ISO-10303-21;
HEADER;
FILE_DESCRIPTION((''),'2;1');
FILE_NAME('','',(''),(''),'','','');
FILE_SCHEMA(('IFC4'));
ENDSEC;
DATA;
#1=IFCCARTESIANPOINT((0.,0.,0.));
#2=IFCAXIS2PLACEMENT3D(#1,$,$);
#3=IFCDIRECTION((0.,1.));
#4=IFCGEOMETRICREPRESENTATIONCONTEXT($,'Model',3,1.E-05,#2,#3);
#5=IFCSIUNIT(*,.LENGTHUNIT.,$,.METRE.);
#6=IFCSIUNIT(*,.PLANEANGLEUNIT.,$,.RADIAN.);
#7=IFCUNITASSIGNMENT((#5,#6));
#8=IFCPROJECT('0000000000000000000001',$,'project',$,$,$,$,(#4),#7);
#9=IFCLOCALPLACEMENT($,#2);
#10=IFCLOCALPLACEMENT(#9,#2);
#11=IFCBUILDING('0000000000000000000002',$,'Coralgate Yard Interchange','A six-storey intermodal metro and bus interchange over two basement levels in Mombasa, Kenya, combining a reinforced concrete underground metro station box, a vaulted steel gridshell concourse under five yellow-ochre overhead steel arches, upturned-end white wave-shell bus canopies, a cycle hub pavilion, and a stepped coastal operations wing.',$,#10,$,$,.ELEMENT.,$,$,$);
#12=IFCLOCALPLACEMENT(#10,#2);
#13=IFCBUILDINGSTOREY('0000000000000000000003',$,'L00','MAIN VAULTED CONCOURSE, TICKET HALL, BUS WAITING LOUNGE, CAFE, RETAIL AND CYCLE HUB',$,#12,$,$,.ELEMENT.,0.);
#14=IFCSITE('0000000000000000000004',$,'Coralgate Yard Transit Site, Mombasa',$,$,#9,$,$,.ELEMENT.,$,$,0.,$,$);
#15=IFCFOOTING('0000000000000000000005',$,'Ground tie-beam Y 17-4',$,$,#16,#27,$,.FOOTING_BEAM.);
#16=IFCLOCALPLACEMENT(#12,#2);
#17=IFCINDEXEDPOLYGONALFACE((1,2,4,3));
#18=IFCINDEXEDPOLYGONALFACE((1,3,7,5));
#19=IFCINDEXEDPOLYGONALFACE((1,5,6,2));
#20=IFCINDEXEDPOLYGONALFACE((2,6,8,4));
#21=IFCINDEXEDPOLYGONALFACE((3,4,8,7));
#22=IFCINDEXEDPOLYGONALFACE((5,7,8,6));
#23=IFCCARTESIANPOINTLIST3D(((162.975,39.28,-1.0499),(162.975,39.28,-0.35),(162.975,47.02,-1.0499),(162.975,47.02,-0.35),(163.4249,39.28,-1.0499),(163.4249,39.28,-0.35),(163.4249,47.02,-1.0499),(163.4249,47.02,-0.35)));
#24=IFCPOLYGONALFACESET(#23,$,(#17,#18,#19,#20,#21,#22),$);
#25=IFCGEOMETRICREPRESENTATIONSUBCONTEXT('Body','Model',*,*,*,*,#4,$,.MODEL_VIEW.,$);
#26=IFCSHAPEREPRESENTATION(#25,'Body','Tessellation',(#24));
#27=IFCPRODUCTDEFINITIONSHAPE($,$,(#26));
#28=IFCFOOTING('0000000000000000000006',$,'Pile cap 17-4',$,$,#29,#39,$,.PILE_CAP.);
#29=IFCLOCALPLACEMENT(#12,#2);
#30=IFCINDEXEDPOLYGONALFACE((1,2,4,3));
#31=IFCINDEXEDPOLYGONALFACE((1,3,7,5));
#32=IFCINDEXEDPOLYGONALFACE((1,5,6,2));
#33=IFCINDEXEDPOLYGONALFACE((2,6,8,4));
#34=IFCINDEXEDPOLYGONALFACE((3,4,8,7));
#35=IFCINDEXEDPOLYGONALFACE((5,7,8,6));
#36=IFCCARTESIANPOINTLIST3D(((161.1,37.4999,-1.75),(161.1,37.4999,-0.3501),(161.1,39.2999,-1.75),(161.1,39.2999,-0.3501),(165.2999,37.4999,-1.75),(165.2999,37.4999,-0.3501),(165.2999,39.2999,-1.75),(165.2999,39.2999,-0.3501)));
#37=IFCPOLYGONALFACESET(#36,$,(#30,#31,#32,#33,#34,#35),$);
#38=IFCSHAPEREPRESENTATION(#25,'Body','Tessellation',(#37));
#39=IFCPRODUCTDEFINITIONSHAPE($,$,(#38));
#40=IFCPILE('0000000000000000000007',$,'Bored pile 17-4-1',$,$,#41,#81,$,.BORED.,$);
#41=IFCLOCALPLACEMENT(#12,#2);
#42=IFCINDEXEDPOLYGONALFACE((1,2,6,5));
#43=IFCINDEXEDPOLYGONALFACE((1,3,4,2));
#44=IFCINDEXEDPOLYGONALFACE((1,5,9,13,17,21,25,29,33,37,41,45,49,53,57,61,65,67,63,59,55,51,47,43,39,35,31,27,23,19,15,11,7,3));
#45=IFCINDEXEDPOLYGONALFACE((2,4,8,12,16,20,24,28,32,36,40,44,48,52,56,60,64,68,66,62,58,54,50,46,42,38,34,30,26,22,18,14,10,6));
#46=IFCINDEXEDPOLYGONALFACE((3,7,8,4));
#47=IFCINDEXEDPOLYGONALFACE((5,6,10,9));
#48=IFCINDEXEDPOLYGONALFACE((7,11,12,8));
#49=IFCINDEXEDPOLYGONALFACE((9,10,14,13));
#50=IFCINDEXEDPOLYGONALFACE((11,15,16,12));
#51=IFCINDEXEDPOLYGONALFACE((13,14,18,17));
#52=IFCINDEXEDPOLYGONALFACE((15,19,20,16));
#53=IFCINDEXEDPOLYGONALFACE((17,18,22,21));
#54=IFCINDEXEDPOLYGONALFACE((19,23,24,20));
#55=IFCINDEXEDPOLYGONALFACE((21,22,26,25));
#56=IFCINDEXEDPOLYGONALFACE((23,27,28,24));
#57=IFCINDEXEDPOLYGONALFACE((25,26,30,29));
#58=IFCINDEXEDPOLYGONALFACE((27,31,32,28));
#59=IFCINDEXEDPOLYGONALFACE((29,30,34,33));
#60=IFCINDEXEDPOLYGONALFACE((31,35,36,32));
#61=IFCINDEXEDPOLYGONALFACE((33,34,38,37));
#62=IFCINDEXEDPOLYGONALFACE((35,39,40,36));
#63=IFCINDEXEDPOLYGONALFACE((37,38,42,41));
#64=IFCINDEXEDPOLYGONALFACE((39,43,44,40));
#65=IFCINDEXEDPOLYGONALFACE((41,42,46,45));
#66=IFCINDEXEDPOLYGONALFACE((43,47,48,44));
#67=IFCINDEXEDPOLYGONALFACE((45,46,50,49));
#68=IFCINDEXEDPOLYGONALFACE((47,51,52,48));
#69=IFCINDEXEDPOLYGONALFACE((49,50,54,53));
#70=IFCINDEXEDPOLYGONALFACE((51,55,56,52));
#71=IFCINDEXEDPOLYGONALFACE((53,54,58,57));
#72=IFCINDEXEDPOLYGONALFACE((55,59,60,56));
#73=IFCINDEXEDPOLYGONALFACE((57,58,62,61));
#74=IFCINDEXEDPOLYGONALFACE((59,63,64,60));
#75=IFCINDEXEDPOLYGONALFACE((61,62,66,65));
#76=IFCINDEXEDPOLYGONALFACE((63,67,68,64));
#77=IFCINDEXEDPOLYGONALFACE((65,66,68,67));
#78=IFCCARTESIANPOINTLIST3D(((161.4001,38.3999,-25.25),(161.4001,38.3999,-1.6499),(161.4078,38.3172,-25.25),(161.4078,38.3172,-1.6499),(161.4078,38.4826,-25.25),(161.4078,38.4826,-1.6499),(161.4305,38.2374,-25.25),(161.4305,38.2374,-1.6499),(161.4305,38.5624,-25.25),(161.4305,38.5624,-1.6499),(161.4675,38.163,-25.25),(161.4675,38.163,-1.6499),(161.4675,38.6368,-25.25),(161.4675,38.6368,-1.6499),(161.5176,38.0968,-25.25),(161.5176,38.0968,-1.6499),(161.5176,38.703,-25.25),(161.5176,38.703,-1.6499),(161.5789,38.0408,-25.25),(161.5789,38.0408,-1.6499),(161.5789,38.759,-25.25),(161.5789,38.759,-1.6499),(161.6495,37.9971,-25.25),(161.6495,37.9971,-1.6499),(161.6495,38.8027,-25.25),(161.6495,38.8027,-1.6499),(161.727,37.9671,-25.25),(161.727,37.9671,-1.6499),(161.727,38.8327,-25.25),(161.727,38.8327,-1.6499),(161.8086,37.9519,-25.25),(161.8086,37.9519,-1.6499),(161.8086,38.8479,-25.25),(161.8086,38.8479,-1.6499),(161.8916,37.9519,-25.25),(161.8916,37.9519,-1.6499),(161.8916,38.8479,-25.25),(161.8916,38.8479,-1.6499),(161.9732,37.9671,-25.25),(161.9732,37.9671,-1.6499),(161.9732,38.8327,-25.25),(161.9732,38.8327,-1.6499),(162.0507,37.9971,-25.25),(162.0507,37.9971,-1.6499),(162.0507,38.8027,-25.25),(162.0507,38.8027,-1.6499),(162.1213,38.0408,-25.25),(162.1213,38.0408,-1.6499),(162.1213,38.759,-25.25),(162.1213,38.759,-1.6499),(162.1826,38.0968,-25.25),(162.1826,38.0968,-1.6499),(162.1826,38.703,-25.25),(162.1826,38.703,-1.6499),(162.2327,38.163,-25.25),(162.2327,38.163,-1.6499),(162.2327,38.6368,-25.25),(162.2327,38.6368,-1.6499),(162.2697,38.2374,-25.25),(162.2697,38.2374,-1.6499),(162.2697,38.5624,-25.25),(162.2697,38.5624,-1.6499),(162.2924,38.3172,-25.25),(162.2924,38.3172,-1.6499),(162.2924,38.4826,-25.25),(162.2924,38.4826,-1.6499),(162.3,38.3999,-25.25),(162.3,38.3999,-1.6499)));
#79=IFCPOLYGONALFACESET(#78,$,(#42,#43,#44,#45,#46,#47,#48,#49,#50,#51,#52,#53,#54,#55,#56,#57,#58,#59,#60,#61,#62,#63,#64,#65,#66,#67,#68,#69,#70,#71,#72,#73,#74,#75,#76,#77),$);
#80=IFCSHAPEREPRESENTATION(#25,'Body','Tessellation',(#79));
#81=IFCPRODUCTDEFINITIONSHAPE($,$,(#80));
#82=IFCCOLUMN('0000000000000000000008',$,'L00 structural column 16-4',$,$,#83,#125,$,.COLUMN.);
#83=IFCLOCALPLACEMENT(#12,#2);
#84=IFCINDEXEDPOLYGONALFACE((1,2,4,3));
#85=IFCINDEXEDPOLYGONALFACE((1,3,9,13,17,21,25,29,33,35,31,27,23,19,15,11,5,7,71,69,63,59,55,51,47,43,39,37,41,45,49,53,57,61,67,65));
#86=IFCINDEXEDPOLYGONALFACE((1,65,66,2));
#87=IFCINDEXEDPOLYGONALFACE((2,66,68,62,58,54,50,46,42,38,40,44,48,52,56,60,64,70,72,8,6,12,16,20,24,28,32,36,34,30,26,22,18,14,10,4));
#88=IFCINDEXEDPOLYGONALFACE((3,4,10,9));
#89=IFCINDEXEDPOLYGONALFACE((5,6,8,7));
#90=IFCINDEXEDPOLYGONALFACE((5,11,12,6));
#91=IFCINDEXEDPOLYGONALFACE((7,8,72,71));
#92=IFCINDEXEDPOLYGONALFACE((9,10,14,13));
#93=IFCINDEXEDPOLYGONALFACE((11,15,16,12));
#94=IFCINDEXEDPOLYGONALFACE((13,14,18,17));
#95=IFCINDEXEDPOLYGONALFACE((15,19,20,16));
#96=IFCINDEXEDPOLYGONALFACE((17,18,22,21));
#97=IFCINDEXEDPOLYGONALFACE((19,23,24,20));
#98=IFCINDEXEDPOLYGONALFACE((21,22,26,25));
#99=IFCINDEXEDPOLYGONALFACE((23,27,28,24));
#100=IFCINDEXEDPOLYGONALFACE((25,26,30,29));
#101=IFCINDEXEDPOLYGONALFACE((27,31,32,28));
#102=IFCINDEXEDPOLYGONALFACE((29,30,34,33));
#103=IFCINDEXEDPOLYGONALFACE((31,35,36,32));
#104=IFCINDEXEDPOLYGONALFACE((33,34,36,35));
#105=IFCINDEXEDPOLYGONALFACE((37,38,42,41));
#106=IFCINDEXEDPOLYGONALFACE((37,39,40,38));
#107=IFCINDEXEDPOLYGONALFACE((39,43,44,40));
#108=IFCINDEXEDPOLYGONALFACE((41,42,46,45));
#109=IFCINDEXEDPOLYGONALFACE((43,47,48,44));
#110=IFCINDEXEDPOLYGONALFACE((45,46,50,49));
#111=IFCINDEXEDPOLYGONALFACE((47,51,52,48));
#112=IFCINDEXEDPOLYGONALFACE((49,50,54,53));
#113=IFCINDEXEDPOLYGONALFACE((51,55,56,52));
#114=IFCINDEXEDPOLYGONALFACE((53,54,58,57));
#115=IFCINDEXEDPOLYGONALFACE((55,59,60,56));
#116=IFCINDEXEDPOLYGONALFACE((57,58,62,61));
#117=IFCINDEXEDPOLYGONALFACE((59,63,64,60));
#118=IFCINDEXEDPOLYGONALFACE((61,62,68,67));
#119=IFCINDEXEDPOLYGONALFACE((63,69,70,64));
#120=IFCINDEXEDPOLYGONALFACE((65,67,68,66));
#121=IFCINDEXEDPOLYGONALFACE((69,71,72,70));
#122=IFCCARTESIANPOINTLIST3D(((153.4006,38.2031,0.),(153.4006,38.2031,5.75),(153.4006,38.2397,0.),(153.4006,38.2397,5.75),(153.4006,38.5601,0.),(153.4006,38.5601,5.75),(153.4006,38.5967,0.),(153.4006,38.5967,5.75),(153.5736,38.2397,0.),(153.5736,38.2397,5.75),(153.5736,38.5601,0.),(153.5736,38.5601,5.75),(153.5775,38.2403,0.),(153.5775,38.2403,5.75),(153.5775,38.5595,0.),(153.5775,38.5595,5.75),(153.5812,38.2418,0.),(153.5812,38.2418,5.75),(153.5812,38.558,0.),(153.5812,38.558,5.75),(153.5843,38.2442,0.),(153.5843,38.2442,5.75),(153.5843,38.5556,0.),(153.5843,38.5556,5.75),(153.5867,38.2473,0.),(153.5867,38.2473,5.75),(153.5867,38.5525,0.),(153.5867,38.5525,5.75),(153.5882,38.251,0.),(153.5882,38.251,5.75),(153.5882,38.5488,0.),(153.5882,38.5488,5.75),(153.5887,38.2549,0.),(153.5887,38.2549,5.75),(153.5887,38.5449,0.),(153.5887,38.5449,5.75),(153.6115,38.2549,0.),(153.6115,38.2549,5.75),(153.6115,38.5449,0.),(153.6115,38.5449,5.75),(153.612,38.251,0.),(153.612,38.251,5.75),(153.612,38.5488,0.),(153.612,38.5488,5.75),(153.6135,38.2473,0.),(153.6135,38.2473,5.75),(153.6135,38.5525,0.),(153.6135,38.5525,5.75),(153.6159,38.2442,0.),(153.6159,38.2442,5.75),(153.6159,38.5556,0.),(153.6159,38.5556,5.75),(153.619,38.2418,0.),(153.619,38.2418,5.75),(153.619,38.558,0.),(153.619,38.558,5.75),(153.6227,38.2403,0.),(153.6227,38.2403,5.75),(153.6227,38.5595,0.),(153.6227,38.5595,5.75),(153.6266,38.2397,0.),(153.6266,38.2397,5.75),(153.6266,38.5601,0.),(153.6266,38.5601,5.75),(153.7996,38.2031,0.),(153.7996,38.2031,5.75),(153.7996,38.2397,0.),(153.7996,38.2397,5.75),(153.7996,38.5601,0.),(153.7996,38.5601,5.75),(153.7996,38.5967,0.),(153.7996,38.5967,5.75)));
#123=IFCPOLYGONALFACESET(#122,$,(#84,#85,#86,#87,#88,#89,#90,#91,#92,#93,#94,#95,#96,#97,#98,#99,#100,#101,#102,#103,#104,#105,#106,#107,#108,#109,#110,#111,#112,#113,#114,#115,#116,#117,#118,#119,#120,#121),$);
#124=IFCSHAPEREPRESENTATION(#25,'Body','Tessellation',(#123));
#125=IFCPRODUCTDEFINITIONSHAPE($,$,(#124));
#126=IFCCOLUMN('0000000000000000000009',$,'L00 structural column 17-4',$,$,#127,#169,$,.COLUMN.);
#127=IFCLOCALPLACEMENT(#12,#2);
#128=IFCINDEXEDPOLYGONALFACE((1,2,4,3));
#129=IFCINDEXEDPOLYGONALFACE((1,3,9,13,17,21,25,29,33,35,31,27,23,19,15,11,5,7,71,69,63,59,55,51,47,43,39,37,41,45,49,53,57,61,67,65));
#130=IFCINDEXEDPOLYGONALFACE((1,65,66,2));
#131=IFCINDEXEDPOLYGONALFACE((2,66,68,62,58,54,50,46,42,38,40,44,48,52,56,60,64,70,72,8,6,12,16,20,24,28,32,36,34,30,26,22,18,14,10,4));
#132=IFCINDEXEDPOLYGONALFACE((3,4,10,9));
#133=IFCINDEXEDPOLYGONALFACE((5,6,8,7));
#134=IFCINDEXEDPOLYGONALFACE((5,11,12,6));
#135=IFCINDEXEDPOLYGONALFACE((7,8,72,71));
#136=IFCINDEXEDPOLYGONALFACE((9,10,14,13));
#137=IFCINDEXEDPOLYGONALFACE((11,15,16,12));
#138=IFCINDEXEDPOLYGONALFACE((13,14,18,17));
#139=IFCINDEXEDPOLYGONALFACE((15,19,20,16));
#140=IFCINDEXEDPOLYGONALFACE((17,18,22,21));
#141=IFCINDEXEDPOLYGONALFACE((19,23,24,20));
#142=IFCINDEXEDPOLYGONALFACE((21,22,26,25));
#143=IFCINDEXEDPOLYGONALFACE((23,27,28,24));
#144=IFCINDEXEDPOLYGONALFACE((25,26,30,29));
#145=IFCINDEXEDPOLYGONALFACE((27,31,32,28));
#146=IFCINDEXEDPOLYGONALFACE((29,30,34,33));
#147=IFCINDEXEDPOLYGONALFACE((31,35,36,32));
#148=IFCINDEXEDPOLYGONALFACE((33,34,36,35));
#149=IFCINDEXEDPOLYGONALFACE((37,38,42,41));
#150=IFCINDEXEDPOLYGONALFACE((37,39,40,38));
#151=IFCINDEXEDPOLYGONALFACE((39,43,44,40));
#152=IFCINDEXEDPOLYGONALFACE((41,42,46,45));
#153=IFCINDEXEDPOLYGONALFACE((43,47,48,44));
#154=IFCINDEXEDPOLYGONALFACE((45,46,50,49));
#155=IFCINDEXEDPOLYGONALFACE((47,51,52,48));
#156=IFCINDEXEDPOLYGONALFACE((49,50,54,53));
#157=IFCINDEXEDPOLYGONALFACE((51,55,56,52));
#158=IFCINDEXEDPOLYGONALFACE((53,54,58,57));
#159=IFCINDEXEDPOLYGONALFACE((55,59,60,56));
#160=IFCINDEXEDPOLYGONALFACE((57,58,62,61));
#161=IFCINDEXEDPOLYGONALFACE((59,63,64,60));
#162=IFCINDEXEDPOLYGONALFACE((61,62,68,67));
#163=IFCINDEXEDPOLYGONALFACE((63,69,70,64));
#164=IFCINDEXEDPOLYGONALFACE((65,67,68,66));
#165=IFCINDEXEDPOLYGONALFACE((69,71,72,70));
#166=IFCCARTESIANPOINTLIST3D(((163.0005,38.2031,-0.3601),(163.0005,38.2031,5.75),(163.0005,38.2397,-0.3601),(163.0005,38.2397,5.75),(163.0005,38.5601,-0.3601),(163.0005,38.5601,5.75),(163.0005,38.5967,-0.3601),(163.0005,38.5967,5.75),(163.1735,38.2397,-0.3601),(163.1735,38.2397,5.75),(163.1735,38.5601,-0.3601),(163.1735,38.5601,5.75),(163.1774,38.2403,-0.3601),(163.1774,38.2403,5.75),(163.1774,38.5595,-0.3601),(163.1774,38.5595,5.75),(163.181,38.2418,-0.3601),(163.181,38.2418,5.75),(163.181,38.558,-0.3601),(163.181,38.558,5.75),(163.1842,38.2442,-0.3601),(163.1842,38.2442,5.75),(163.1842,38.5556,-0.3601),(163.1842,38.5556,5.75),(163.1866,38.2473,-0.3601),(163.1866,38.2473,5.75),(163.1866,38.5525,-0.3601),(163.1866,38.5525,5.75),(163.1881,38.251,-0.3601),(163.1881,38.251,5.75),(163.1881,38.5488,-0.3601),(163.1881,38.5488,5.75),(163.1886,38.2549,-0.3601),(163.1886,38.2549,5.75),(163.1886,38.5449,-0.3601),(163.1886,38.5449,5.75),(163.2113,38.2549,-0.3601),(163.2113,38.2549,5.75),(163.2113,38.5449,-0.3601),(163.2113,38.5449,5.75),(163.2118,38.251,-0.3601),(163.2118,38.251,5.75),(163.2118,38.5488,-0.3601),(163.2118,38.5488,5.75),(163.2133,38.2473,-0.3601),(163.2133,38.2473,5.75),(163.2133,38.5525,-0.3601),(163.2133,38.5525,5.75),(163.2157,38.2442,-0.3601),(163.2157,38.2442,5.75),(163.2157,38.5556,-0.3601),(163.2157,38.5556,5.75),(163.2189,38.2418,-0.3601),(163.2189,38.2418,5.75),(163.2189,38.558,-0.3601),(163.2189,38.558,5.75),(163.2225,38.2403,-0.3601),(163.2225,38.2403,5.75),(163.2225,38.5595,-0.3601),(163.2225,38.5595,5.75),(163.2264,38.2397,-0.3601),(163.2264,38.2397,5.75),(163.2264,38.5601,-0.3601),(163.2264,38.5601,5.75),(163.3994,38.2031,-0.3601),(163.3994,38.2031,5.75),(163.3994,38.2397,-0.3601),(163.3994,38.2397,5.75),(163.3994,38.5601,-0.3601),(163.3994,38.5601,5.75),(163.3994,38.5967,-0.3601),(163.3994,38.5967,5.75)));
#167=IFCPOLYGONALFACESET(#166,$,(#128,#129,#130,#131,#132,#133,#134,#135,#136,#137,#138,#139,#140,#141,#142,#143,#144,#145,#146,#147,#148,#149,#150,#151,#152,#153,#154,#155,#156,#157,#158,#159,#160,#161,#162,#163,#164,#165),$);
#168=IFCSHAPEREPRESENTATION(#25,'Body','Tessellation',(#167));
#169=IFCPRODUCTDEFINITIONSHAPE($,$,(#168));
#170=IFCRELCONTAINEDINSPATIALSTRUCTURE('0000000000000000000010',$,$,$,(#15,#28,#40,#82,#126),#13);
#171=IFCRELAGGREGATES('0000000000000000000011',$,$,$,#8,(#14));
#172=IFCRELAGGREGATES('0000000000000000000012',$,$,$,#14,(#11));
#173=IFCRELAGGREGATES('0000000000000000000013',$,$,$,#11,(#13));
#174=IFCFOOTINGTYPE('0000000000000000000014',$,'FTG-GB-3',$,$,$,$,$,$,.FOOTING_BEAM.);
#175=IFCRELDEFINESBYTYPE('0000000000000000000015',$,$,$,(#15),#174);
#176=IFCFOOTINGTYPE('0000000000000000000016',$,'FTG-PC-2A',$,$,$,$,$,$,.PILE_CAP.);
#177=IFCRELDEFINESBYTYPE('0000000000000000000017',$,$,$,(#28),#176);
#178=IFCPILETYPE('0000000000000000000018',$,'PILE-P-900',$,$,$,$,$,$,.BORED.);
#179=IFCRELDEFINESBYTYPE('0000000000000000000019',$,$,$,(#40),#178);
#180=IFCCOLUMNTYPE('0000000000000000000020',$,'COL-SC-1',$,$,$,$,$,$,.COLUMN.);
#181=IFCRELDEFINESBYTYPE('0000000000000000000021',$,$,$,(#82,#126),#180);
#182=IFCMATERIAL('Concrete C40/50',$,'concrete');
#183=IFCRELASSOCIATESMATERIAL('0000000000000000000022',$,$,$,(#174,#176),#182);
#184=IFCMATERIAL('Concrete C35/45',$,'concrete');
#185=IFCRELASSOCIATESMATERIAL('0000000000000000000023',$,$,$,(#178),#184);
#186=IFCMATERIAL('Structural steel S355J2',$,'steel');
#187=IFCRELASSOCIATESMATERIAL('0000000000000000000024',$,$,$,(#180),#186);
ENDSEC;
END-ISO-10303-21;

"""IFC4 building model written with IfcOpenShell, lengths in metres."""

from ifc_helpers import new_model, si_unit, direction, frame, origin, origin_2d, place, context, subcontext, project, spatial, rectangle, circle, i_section, extrude, material, material_profile, profile_set, type_object, element, save


model = new_model("IFC4")

# Units and contexts
model_context = context("Model", 3, precision=1e-05, world=origin(), true_north=direction((0.0, 1.0)))
body_context = subcontext(model_context, "Body", "Model", "MODEL_VIEW")
ifc_project = project(units=[si_unit("LENGTHUNIT", "METRE"), si_unit("PLANEANGLEUNIT", "RADIAN")], contexts=[model_context])

# Site, building, storey
site_placement = place(None, origin())
site = spatial("IfcSite", under=ifc_project, at=site_placement, Name="Coralgate Yard Transit Site, Mombasa", CompositionType="ELEMENT", RefElevation=0.0)
building_placement = place(site_placement, origin())
building = spatial("IfcBuilding", under=site, at=building_placement, Name="Coralgate Yard Interchange", Description="A six-storey intermodal metro and bus interchange over two basement levels in Mombasa, Kenya, combining a reinforced concrete underground metro station box, a vaulted steel gridshell concourse under five yellow-ochre overhead steel arches, upturned-end white wave-shell bus canopies, a cycle hub pavilion, and a stepped coastal operations wing.", CompositionType="ELEMENT")
storey_placement = place(building_placement, origin())
storey = spatial("IfcBuildingStorey", under=building, at=storey_placement, Name="L00", Description="MAIN VAULTED CONCOURSE, TICKET HALL, BUS WAITING LOUNGE, CAFE, RETAIL AND CYCLE HUB", CompositionType="ELEMENT", Elevation=0.0)

# Footings
ifc_material_1 = material(Name="Concrete C40/50", Category="concrete")
ifc_material_profile_1 = material_profile(ifc_material_1, rectangle(XDim=0.45, YDim=0.7, at=origin_2d()), Name="RC 450x700")
ifc_profile_set_1 = profile_set([ifc_material_profile_1], Name="Concrete C40/50")
footing_type_1 = type_object("IfcFootingType", Name="FTG-GB-3", PredefinedType="FOOTING_BEAM", material=ifc_profile_set_1)
footing_1_placement = place(storey_placement, frame((163.2, 39.28, -0.7), z_axis=(0.0, 1.0, 0.0), x_axis=(-1.0, 0.0, 0.0)))
element("IfcFooting", 1, at=footing_1_placement, inside=storey, type_object=footing_type_1, Name="Ground tie-beam Y 17-4", PredefinedType="FOOTING_BEAM", context=body_context, shape_type="SweptSolid", body=[
    extrude(rectangle(XDim=0.45, YDim=0.7, at=origin_2d()), origin(), (0.0, 0.0, 1.0), 7.74),
])
footing_type_2 = type_object("IfcFootingType", Name="FTG-PC-2A", PredefinedType="PILE_CAP", material=ifc_material_1)
footing_2_placement = place(storey_placement, frame((163.2, 38.3999, -1.75), z_axis=(0.0, 0.0, 1.0), x_axis=(1.0, 0.0, 0.0)))
element("IfcFooting", 2, at=footing_2_placement, inside=storey, type_object=footing_type_2, Name="Pile cap 17-4", PredefinedType="PILE_CAP", context=body_context, shape_type="SweptSolid", body=[
    extrude(rectangle(XDim=4.2, YDim=1.8, at=origin_2d()), origin(), (0.0, 0.0, 1.0), 1.3999),
])

# Pile
ifc_material_2 = material(Name="Concrete C35/45", Category="concrete")
ifc_material_profile_2 = material_profile(ifc_material_2, circle(Radius=0.45, at=origin_2d()), Name="BORED PILE D900")
ifc_profile_set_2 = profile_set([ifc_material_profile_2], Name="Concrete C35/45")
pile_type = type_object("IfcPileType", Name="PILE-P-900", PredefinedType="BORED", material=ifc_profile_set_2)
pile_placement = place(storey_placement, frame((161.8501, 38.3999, -1.6499), z_axis=(0.0, 0.0, -1.0), x_axis=(1.0, 0.0, 0.0)))
element("IfcPile", 3, at=pile_placement, inside=storey, type_object=pile_type, Name="Bored pile 17-4-1", PredefinedType="BORED", context=body_context, shape_type="SweptSolid", body=[
    extrude(circle(Radius=0.45, at=origin_2d()), origin(), (0.0, 0.0, 1.0), 23.6001),
])

# Columns
ifc_material_3 = material(Name="Structural steel S355J2", Category="steel")
ifc_material_profile_3 = material_profile(ifc_material_3, i_section(OverallWidth=0.3989, OverallDepth=0.3936, WebThickness=0.0227, FlangeThickness=0.0366, FilletRadius=0.0151, at=origin_2d()), Name="UC 356x406x287")
ifc_profile_set_3 = profile_set([ifc_material_profile_3], Name="Structural steel S355J2")
column_type = type_object("IfcColumnType", Name="COL-SC-1", PredefinedType="COLUMN", material=ifc_profile_set_3)
column_1_placement = place(storey_placement, frame((153.6001, 38.3999, 0.0), z_axis=(0.0, 0.0, 1.0), x_axis=(1.0, 0.0, 0.0)))
element("IfcColumn", 4, at=column_1_placement, inside=storey, type_object=column_type, Name="L00 structural column 16-4", PredefinedType="COLUMN", context=body_context, shape_type="SweptSolid", body=[
    extrude(i_section(OverallWidth=0.3989, OverallDepth=0.3936, WebThickness=0.0227, FlangeThickness=0.0366, FilletRadius=0.0151, at=origin_2d()), origin(), (0.0, 0.0, 1.0), 5.75),
])
column_2_placement = place(storey_placement, frame((163.2, 38.3999, -0.3601), z_axis=(0.0, 0.0, 1.0), x_axis=(1.0, 0.0, 0.0)))
element("IfcColumn", 5, at=column_2_placement, inside=storey, type_object=column_type, Name="L00 structural column 17-4", PredefinedType="COLUMN", context=body_context, shape_type="SweptSolid", body=[
    extrude(i_section(OverallWidth=0.3989, OverallDepth=0.3936, WebThickness=0.0227, FlangeThickness=0.0366, FilletRadius=0.0151, at=origin_2d()), origin(), (0.0, 0.0, 1.0), 6.1101),
])

save(model, "model.ifc")
